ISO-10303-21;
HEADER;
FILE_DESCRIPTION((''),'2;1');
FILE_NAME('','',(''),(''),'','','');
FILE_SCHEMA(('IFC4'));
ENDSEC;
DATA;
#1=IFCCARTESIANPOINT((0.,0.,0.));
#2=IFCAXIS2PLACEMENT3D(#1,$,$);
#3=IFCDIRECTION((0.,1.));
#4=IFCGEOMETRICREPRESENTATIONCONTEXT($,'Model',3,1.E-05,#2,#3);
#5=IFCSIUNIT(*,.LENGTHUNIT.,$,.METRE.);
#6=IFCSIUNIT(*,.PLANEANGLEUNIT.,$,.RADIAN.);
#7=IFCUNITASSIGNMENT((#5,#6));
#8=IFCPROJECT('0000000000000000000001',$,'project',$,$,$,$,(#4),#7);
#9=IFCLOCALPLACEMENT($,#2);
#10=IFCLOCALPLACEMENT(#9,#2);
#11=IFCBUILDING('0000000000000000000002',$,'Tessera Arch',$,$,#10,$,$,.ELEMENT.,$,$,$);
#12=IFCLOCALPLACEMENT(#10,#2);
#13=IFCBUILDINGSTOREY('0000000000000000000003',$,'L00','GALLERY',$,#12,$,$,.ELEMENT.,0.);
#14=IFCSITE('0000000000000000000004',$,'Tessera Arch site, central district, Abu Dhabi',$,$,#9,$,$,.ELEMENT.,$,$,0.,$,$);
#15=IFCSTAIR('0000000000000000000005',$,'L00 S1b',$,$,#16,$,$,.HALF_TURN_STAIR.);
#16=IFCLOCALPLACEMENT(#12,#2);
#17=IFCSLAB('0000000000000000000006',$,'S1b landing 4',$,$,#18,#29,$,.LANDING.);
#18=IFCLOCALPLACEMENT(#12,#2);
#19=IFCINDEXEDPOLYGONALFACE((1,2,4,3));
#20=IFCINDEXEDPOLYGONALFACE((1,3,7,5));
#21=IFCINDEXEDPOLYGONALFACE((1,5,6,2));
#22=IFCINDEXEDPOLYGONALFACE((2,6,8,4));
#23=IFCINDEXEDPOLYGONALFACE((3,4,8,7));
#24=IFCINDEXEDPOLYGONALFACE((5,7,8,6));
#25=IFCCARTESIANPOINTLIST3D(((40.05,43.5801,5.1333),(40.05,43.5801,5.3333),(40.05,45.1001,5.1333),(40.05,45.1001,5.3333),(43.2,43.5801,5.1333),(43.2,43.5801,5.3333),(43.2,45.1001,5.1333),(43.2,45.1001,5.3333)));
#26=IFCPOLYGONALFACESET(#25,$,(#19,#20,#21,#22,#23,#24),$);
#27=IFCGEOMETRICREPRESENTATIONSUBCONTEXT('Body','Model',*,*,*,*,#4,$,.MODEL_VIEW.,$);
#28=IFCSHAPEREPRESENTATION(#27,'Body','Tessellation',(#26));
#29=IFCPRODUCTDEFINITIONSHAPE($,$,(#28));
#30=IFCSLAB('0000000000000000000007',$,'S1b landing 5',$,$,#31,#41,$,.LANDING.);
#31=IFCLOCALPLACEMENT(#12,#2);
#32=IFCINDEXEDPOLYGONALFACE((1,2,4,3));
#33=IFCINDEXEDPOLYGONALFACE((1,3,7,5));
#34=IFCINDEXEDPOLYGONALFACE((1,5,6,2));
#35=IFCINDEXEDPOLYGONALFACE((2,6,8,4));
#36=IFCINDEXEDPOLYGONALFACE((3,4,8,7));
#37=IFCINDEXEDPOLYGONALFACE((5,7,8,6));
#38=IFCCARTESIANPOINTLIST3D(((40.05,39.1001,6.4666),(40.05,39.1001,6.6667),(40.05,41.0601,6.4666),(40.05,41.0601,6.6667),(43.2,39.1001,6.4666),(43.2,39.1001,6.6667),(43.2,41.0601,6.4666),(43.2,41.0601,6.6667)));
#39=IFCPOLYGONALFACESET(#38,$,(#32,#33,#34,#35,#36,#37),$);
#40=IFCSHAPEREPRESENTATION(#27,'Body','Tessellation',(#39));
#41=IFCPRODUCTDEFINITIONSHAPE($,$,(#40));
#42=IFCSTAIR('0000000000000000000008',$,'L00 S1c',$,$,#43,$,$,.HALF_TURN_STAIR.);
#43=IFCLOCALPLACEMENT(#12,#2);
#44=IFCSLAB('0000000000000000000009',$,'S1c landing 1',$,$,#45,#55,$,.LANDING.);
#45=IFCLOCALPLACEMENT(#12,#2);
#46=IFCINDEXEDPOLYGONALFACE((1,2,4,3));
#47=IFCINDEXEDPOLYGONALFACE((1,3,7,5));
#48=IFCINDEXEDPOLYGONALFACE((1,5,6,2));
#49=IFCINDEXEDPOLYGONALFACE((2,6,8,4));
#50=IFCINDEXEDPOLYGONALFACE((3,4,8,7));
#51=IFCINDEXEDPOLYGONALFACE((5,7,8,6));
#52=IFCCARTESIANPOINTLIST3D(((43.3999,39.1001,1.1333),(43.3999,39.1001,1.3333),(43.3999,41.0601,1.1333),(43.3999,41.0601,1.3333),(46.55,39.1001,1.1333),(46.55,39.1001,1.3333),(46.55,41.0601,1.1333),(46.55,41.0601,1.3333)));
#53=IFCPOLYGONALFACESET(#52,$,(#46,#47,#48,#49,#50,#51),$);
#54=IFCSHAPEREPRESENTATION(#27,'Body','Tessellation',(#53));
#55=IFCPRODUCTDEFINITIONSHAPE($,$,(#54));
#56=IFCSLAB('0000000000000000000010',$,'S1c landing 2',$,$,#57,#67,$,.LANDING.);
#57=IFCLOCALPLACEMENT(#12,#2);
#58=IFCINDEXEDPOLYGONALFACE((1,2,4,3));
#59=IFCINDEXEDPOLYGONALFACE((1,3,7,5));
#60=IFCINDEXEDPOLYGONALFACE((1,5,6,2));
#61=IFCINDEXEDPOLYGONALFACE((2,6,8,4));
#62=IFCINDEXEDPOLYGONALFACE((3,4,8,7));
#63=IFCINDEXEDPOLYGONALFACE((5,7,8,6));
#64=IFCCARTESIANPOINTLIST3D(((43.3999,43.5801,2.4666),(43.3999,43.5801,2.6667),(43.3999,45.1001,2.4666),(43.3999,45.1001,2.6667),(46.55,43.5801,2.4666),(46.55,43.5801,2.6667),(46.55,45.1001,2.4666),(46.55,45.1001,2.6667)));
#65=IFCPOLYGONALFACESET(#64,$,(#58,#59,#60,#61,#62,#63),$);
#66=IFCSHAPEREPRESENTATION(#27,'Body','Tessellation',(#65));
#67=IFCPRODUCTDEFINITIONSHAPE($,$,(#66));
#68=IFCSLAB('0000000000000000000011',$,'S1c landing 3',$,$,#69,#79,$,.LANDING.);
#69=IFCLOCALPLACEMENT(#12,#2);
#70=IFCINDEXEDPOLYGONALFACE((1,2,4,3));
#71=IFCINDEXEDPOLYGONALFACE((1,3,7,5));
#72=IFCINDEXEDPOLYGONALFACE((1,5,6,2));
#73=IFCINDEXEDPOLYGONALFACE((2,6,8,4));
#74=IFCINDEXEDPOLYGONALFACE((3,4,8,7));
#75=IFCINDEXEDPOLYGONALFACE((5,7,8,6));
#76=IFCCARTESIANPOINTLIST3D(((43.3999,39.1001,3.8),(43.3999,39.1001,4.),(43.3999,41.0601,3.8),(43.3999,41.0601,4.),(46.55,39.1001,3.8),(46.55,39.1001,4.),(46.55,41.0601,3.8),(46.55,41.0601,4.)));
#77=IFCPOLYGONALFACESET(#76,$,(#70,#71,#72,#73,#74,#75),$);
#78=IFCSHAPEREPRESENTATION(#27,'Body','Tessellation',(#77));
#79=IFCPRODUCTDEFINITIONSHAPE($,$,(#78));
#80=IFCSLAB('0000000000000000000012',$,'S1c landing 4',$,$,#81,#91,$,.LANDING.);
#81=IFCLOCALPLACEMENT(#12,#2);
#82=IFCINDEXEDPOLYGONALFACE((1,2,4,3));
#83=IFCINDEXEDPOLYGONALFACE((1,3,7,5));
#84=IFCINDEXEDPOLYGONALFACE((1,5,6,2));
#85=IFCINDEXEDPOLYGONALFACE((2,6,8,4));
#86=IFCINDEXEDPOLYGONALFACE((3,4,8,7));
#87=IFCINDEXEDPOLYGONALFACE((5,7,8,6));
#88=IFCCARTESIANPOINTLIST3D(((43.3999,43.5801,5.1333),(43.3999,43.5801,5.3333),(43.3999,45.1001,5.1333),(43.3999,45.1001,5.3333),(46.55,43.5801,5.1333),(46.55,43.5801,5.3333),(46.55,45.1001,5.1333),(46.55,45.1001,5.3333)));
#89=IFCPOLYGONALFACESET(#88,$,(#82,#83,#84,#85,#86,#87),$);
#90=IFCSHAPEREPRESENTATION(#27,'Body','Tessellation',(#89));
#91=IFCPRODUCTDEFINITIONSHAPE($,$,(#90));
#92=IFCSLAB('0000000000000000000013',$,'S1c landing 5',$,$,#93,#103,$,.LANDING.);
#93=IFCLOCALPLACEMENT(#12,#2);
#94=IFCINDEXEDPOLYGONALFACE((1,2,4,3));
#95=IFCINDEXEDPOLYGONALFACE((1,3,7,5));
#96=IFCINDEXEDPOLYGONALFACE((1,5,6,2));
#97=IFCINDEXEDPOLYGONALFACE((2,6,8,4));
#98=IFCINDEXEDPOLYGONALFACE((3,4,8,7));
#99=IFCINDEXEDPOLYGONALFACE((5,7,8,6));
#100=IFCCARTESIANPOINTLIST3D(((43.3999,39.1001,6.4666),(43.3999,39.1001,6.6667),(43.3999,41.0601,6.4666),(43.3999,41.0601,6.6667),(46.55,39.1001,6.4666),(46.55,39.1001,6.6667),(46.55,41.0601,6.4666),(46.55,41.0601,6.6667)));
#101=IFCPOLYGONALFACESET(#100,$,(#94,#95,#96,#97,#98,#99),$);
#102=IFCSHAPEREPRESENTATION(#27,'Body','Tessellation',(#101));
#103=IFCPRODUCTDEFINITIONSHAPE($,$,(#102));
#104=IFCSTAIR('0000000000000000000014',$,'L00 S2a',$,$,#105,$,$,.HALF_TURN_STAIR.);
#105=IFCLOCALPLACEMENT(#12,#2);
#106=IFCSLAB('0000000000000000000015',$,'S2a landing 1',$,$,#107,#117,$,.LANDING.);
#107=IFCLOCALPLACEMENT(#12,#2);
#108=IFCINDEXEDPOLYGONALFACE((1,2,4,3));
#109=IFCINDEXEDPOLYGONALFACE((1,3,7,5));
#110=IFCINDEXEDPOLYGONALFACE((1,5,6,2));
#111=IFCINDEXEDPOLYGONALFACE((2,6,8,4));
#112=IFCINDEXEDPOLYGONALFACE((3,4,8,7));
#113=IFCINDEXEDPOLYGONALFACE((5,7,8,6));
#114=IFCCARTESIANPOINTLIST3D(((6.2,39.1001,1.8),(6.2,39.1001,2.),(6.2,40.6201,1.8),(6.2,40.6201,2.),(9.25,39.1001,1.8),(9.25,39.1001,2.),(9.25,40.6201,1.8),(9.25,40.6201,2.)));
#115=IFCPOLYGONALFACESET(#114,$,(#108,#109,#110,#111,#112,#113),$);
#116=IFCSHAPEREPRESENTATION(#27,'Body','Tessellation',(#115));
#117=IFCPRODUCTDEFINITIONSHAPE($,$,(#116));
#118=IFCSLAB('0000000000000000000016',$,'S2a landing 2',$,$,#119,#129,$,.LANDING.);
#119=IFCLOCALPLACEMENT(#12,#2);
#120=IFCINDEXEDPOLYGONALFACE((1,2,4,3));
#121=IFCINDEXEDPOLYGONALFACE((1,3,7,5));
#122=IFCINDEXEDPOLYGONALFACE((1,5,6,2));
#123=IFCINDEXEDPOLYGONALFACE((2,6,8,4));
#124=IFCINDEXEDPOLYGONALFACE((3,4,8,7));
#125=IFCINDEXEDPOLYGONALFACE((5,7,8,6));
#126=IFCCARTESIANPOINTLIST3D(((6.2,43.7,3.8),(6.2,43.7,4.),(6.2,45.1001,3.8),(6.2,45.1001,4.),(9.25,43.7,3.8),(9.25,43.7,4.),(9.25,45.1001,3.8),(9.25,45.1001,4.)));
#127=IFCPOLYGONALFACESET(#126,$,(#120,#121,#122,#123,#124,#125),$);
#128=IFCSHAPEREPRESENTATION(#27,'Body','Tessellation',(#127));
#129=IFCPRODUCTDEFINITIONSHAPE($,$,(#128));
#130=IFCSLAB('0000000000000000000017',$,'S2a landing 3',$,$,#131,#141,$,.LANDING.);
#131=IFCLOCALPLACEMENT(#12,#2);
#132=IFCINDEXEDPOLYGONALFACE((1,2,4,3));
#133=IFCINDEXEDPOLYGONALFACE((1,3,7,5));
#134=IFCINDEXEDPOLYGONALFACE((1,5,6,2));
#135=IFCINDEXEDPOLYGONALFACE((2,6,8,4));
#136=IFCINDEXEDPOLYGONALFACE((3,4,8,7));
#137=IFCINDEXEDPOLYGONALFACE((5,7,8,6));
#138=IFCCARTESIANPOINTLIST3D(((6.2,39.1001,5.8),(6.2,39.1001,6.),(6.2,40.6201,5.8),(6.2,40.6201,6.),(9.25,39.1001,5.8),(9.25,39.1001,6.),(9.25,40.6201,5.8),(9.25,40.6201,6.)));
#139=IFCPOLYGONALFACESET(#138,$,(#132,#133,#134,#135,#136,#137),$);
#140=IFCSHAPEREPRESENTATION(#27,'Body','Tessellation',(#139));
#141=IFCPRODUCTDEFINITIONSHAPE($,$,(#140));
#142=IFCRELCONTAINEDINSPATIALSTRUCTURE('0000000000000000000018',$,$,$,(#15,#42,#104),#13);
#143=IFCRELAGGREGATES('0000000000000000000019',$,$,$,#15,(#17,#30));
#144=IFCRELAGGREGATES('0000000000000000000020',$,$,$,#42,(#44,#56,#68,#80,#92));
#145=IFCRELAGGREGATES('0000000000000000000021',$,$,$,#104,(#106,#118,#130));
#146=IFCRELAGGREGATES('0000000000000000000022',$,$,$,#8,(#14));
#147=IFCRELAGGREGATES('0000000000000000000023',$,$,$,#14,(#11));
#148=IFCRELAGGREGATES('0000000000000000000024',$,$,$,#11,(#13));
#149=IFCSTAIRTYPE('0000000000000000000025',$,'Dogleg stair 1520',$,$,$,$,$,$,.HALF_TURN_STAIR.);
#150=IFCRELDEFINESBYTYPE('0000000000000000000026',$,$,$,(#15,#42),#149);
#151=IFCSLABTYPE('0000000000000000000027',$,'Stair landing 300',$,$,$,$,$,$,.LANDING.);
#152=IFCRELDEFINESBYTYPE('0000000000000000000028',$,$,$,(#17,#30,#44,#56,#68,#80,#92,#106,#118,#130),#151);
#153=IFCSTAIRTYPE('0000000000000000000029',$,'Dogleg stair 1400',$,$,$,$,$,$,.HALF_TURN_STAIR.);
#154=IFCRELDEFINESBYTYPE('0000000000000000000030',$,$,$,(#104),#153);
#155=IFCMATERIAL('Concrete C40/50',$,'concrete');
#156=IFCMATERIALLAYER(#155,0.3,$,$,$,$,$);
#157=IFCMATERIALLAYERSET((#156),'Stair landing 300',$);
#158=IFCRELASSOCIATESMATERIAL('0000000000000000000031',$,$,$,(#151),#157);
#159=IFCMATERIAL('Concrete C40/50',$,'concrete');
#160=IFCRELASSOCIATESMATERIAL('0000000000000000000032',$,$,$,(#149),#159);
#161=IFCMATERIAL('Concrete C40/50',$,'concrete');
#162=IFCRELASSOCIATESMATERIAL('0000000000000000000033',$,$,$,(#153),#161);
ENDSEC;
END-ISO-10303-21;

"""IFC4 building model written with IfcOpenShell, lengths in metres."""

from ifc_helpers import new_model, si_unit, direction, frame, origin, place, context, subcontext, project, spatial, polyline, outline, extrude, material, layer, layer_set, type_object, element, aggregate, save


model = new_model("IFC4")

# Units and contexts
model_context = context("Model", 3, precision=1e-05, world=origin(), true_north=direction((0.0, 1.0)))
body_context = subcontext(model_context, "Body", "Model", "MODEL_VIEW")
ifc_project = project(units=[si_unit("LENGTHUNIT", "METRE"), si_unit("PLANEANGLEUNIT", "RADIAN")], contexts=[model_context])

# Site, building, storey
site_placement = place(None, origin())
site = spatial("IfcSite", under=ifc_project, at=site_placement, Name="Tessera Arch site, central district, Abu Dhabi", CompositionType="ELEMENT", RefElevation=0.0)
building_placement = place(site_placement, origin())
building = spatial("IfcBuilding", under=site, at=building_placement, Name="Tessera Arch", CompositionType="ELEMENT")
storey_placement = place(building_placement, origin())
storey = spatial("IfcBuildingStorey", under=building, at=storey_placement, Name="L00", Description="GALLERY", CompositionType="ELEMENT", Elevation=0.0)

# Stairs, slabs
ifc_material_1 = material(Name="Concrete C40/50", Category="concrete")
ifc_layer = layer(ifc_material_1, 0.3)
ifc_layer_set = layer_set([ifc_layer], Name="Stair landing 300")
slab_type = type_object("IfcSlabType", Name="Stair landing 300", PredefinedType="LANDING", material=ifc_layer_set)
ifc_material_2 = material(Name="Concrete C40/50", Category="concrete")
stair_type_1 = type_object("IfcStairType", Name="Dogleg stair 1520", PredefinedType="HALF_TURN_STAIR", material=ifc_material_2)
stair_1_placement = place(storey_placement, origin())
stair_1 = element("IfcStair", 1, at=stair_1_placement, inside=storey, type_object=stair_type_1, Name="L00 S1b", PredefinedType="HALF_TURN_STAIR")
slab_1_placement = place(storey_placement, frame((0.0, 0.0, 5.1333)))
slab_1 = element("IfcSlab", 2, at=slab_1_placement, type_object=slab_type, Name="S1b landing 4", PredefinedType="LANDING", context=body_context, shape_type="SweptSolid", body=[
    extrude(outline(polyline([(40.05, 45.1001), (40.05, 43.5801), (43.2, 43.5801), (43.2, 45.1001), (40.05, 45.1001)])), origin(), (0.0, 0.0, 1.0), 0.2),
])
slab_2_placement = place(storey_placement, frame((0.0, 0.0, 6.4666)))
slab_2 = element("IfcSlab", 3, at=slab_2_placement, type_object=slab_type, Name="S1b landing 5", PredefinedType="LANDING", context=body_context, shape_type="SweptSolid", body=[
    extrude(outline(polyline([(40.05, 41.0601), (40.05, 39.1001), (43.2, 39.1001), (43.2, 41.0601), (40.05, 41.0601)])), origin(), (0.0, 0.0, 1.0), 0.2002),
])
aggregate(stair_1, [slab_1, slab_2])
stair_2_placement = place(storey_placement, origin())
stair_2 = element("IfcStair", 4, at=stair_2_placement, inside=storey, type_object=stair_type_1, Name="L00 S1c", PredefinedType="HALF_TURN_STAIR")
slab_3_placement = place(storey_placement, frame((0.0, 0.0, 1.1333)))
slab_3 = element("IfcSlab", 5, at=slab_3_placement, type_object=slab_type, Name="S1c landing 1", PredefinedType="LANDING", context=body_context, shape_type="SweptSolid", body=[
    extrude(outline(polyline([(43.3999, 41.0601), (43.3999, 39.1001), (46.55, 39.1001), (46.55, 41.0601), (43.3999, 41.0601)])), origin(), (0.0, 0.0, 1.0), 0.2),
])
slab_4_placement = place(storey_placement, frame((0.0, 0.0, 2.4666)))
slab_4 = element("IfcSlab", 6, at=slab_4_placement, type_object=slab_type, Name="S1c landing 2", PredefinedType="LANDING", context=body_context, shape_type="SweptSolid", body=[
    extrude(outline(polyline([(43.3999, 45.1001), (43.3999, 43.5801), (46.55, 43.5801), (46.55, 45.1001), (43.3999, 45.1001)])), origin(), (0.0, 0.0, 1.0), 0.2002),
])
slab_5_placement = place(storey_placement, frame((0.0, 0.0, 3.8)))
slab_5 = element("IfcSlab", 7, at=slab_5_placement, type_object=slab_type, Name="S1c landing 3", PredefinedType="LANDING", context=body_context, shape_type="SweptSolid", body=[
    extrude(outline(polyline([(43.3999, 41.0601), (43.3999, 39.1001), (46.55, 39.1001), (46.55, 41.0601), (43.3999, 41.0601)])), origin(), (0.0, 0.0, 1.0), 0.2),
])
slab_6_placement = place(storey_placement, frame((0.0, 0.0, 5.1333)))
slab_6 = element("IfcSlab", 8, at=slab_6_placement, type_object=slab_type, Name="S1c landing 4", PredefinedType="LANDING", context=body_context, shape_type="SweptSolid", body=[
    extrude(outline(polyline([(43.3999, 45.1001), (43.3999, 43.5801), (46.55, 43.5801), (46.55, 45.1001), (43.3999, 45.1001)])), origin(), (0.0, 0.0, 1.0), 0.2),
])
slab_7_placement = place(storey_placement, frame((0.0, 0.0, 6.4666)))
slab_7 = element("IfcSlab", 9, at=slab_7_placement, type_object=slab_type, Name="S1c landing 5", PredefinedType="LANDING", context=body_context, shape_type="SweptSolid", body=[
    extrude(outline(polyline([(43.3999, 41.0601), (43.3999, 39.1001), (46.55, 39.1001), (46.55, 41.0601), (43.3999, 41.0601)])), origin(), (0.0, 0.0, 1.0), 0.2002),
])
aggregate(stair_2, [slab_3, slab_4, slab_5, slab_6, slab_7])
ifc_material_3 = material(Name="Concrete C40/50", Category="concrete")
stair_type_2 = type_object("IfcStairType", Name="Dogleg stair 1400", PredefinedType="HALF_TURN_STAIR", material=ifc_material_3)
stair_3_placement = place(storey_placement, origin())
stair_3 = element("IfcStair", 10, at=stair_3_placement, inside=storey, type_object=stair_type_2, Name="L00 S2a", PredefinedType="HALF_TURN_STAIR")
slab_8_placement = place(storey_placement, frame((0.0, 0.0, 1.8)))
slab_8 = element("IfcSlab", 11, at=slab_8_placement, type_object=slab_type, Name="S2a landing 1", PredefinedType="LANDING", context=body_context, shape_type="SweptSolid", body=[
    extrude(outline(polyline([(6.2, 40.6201), (6.2, 39.1001), (9.25, 39.1001), (9.25, 40.6201), (6.2, 40.6201)])), origin(), (0.0, 0.0, 1.0), 0.2),
])
slab_9_placement = place(storey_placement, frame((0.0, 0.0, 3.8)))
slab_9 = element("IfcSlab", 12, at=slab_9_placement, type_object=slab_type, Name="S2a landing 2", PredefinedType="LANDING", context=body_context, shape_type="SweptSolid", body=[
    extrude(outline(polyline([(6.2, 45.1001), (6.2, 43.7), (9.25, 43.7), (9.25, 45.1001), (6.2, 45.1001)])), origin(), (0.0, 0.0, 1.0), 0.2),
])
slab_10_placement = place(storey_placement, frame((0.0, 0.0, 5.8)))
slab_10 = element("IfcSlab", 13, at=slab_10_placement, type_object=slab_type, Name="S2a landing 3", PredefinedType="LANDING", context=body_context, shape_type="SweptSolid", body=[
    extrude(outline(polyline([(6.2, 40.6201), (6.2, 39.1001), (9.25, 39.1001), (9.25, 40.6201), (6.2, 40.6201)])), origin(), (0.0, 0.0, 1.0), 0.2),
])
aggregate(stair_3, [slab_8, slab_9, slab_10])

save(model, "model.ifc")
